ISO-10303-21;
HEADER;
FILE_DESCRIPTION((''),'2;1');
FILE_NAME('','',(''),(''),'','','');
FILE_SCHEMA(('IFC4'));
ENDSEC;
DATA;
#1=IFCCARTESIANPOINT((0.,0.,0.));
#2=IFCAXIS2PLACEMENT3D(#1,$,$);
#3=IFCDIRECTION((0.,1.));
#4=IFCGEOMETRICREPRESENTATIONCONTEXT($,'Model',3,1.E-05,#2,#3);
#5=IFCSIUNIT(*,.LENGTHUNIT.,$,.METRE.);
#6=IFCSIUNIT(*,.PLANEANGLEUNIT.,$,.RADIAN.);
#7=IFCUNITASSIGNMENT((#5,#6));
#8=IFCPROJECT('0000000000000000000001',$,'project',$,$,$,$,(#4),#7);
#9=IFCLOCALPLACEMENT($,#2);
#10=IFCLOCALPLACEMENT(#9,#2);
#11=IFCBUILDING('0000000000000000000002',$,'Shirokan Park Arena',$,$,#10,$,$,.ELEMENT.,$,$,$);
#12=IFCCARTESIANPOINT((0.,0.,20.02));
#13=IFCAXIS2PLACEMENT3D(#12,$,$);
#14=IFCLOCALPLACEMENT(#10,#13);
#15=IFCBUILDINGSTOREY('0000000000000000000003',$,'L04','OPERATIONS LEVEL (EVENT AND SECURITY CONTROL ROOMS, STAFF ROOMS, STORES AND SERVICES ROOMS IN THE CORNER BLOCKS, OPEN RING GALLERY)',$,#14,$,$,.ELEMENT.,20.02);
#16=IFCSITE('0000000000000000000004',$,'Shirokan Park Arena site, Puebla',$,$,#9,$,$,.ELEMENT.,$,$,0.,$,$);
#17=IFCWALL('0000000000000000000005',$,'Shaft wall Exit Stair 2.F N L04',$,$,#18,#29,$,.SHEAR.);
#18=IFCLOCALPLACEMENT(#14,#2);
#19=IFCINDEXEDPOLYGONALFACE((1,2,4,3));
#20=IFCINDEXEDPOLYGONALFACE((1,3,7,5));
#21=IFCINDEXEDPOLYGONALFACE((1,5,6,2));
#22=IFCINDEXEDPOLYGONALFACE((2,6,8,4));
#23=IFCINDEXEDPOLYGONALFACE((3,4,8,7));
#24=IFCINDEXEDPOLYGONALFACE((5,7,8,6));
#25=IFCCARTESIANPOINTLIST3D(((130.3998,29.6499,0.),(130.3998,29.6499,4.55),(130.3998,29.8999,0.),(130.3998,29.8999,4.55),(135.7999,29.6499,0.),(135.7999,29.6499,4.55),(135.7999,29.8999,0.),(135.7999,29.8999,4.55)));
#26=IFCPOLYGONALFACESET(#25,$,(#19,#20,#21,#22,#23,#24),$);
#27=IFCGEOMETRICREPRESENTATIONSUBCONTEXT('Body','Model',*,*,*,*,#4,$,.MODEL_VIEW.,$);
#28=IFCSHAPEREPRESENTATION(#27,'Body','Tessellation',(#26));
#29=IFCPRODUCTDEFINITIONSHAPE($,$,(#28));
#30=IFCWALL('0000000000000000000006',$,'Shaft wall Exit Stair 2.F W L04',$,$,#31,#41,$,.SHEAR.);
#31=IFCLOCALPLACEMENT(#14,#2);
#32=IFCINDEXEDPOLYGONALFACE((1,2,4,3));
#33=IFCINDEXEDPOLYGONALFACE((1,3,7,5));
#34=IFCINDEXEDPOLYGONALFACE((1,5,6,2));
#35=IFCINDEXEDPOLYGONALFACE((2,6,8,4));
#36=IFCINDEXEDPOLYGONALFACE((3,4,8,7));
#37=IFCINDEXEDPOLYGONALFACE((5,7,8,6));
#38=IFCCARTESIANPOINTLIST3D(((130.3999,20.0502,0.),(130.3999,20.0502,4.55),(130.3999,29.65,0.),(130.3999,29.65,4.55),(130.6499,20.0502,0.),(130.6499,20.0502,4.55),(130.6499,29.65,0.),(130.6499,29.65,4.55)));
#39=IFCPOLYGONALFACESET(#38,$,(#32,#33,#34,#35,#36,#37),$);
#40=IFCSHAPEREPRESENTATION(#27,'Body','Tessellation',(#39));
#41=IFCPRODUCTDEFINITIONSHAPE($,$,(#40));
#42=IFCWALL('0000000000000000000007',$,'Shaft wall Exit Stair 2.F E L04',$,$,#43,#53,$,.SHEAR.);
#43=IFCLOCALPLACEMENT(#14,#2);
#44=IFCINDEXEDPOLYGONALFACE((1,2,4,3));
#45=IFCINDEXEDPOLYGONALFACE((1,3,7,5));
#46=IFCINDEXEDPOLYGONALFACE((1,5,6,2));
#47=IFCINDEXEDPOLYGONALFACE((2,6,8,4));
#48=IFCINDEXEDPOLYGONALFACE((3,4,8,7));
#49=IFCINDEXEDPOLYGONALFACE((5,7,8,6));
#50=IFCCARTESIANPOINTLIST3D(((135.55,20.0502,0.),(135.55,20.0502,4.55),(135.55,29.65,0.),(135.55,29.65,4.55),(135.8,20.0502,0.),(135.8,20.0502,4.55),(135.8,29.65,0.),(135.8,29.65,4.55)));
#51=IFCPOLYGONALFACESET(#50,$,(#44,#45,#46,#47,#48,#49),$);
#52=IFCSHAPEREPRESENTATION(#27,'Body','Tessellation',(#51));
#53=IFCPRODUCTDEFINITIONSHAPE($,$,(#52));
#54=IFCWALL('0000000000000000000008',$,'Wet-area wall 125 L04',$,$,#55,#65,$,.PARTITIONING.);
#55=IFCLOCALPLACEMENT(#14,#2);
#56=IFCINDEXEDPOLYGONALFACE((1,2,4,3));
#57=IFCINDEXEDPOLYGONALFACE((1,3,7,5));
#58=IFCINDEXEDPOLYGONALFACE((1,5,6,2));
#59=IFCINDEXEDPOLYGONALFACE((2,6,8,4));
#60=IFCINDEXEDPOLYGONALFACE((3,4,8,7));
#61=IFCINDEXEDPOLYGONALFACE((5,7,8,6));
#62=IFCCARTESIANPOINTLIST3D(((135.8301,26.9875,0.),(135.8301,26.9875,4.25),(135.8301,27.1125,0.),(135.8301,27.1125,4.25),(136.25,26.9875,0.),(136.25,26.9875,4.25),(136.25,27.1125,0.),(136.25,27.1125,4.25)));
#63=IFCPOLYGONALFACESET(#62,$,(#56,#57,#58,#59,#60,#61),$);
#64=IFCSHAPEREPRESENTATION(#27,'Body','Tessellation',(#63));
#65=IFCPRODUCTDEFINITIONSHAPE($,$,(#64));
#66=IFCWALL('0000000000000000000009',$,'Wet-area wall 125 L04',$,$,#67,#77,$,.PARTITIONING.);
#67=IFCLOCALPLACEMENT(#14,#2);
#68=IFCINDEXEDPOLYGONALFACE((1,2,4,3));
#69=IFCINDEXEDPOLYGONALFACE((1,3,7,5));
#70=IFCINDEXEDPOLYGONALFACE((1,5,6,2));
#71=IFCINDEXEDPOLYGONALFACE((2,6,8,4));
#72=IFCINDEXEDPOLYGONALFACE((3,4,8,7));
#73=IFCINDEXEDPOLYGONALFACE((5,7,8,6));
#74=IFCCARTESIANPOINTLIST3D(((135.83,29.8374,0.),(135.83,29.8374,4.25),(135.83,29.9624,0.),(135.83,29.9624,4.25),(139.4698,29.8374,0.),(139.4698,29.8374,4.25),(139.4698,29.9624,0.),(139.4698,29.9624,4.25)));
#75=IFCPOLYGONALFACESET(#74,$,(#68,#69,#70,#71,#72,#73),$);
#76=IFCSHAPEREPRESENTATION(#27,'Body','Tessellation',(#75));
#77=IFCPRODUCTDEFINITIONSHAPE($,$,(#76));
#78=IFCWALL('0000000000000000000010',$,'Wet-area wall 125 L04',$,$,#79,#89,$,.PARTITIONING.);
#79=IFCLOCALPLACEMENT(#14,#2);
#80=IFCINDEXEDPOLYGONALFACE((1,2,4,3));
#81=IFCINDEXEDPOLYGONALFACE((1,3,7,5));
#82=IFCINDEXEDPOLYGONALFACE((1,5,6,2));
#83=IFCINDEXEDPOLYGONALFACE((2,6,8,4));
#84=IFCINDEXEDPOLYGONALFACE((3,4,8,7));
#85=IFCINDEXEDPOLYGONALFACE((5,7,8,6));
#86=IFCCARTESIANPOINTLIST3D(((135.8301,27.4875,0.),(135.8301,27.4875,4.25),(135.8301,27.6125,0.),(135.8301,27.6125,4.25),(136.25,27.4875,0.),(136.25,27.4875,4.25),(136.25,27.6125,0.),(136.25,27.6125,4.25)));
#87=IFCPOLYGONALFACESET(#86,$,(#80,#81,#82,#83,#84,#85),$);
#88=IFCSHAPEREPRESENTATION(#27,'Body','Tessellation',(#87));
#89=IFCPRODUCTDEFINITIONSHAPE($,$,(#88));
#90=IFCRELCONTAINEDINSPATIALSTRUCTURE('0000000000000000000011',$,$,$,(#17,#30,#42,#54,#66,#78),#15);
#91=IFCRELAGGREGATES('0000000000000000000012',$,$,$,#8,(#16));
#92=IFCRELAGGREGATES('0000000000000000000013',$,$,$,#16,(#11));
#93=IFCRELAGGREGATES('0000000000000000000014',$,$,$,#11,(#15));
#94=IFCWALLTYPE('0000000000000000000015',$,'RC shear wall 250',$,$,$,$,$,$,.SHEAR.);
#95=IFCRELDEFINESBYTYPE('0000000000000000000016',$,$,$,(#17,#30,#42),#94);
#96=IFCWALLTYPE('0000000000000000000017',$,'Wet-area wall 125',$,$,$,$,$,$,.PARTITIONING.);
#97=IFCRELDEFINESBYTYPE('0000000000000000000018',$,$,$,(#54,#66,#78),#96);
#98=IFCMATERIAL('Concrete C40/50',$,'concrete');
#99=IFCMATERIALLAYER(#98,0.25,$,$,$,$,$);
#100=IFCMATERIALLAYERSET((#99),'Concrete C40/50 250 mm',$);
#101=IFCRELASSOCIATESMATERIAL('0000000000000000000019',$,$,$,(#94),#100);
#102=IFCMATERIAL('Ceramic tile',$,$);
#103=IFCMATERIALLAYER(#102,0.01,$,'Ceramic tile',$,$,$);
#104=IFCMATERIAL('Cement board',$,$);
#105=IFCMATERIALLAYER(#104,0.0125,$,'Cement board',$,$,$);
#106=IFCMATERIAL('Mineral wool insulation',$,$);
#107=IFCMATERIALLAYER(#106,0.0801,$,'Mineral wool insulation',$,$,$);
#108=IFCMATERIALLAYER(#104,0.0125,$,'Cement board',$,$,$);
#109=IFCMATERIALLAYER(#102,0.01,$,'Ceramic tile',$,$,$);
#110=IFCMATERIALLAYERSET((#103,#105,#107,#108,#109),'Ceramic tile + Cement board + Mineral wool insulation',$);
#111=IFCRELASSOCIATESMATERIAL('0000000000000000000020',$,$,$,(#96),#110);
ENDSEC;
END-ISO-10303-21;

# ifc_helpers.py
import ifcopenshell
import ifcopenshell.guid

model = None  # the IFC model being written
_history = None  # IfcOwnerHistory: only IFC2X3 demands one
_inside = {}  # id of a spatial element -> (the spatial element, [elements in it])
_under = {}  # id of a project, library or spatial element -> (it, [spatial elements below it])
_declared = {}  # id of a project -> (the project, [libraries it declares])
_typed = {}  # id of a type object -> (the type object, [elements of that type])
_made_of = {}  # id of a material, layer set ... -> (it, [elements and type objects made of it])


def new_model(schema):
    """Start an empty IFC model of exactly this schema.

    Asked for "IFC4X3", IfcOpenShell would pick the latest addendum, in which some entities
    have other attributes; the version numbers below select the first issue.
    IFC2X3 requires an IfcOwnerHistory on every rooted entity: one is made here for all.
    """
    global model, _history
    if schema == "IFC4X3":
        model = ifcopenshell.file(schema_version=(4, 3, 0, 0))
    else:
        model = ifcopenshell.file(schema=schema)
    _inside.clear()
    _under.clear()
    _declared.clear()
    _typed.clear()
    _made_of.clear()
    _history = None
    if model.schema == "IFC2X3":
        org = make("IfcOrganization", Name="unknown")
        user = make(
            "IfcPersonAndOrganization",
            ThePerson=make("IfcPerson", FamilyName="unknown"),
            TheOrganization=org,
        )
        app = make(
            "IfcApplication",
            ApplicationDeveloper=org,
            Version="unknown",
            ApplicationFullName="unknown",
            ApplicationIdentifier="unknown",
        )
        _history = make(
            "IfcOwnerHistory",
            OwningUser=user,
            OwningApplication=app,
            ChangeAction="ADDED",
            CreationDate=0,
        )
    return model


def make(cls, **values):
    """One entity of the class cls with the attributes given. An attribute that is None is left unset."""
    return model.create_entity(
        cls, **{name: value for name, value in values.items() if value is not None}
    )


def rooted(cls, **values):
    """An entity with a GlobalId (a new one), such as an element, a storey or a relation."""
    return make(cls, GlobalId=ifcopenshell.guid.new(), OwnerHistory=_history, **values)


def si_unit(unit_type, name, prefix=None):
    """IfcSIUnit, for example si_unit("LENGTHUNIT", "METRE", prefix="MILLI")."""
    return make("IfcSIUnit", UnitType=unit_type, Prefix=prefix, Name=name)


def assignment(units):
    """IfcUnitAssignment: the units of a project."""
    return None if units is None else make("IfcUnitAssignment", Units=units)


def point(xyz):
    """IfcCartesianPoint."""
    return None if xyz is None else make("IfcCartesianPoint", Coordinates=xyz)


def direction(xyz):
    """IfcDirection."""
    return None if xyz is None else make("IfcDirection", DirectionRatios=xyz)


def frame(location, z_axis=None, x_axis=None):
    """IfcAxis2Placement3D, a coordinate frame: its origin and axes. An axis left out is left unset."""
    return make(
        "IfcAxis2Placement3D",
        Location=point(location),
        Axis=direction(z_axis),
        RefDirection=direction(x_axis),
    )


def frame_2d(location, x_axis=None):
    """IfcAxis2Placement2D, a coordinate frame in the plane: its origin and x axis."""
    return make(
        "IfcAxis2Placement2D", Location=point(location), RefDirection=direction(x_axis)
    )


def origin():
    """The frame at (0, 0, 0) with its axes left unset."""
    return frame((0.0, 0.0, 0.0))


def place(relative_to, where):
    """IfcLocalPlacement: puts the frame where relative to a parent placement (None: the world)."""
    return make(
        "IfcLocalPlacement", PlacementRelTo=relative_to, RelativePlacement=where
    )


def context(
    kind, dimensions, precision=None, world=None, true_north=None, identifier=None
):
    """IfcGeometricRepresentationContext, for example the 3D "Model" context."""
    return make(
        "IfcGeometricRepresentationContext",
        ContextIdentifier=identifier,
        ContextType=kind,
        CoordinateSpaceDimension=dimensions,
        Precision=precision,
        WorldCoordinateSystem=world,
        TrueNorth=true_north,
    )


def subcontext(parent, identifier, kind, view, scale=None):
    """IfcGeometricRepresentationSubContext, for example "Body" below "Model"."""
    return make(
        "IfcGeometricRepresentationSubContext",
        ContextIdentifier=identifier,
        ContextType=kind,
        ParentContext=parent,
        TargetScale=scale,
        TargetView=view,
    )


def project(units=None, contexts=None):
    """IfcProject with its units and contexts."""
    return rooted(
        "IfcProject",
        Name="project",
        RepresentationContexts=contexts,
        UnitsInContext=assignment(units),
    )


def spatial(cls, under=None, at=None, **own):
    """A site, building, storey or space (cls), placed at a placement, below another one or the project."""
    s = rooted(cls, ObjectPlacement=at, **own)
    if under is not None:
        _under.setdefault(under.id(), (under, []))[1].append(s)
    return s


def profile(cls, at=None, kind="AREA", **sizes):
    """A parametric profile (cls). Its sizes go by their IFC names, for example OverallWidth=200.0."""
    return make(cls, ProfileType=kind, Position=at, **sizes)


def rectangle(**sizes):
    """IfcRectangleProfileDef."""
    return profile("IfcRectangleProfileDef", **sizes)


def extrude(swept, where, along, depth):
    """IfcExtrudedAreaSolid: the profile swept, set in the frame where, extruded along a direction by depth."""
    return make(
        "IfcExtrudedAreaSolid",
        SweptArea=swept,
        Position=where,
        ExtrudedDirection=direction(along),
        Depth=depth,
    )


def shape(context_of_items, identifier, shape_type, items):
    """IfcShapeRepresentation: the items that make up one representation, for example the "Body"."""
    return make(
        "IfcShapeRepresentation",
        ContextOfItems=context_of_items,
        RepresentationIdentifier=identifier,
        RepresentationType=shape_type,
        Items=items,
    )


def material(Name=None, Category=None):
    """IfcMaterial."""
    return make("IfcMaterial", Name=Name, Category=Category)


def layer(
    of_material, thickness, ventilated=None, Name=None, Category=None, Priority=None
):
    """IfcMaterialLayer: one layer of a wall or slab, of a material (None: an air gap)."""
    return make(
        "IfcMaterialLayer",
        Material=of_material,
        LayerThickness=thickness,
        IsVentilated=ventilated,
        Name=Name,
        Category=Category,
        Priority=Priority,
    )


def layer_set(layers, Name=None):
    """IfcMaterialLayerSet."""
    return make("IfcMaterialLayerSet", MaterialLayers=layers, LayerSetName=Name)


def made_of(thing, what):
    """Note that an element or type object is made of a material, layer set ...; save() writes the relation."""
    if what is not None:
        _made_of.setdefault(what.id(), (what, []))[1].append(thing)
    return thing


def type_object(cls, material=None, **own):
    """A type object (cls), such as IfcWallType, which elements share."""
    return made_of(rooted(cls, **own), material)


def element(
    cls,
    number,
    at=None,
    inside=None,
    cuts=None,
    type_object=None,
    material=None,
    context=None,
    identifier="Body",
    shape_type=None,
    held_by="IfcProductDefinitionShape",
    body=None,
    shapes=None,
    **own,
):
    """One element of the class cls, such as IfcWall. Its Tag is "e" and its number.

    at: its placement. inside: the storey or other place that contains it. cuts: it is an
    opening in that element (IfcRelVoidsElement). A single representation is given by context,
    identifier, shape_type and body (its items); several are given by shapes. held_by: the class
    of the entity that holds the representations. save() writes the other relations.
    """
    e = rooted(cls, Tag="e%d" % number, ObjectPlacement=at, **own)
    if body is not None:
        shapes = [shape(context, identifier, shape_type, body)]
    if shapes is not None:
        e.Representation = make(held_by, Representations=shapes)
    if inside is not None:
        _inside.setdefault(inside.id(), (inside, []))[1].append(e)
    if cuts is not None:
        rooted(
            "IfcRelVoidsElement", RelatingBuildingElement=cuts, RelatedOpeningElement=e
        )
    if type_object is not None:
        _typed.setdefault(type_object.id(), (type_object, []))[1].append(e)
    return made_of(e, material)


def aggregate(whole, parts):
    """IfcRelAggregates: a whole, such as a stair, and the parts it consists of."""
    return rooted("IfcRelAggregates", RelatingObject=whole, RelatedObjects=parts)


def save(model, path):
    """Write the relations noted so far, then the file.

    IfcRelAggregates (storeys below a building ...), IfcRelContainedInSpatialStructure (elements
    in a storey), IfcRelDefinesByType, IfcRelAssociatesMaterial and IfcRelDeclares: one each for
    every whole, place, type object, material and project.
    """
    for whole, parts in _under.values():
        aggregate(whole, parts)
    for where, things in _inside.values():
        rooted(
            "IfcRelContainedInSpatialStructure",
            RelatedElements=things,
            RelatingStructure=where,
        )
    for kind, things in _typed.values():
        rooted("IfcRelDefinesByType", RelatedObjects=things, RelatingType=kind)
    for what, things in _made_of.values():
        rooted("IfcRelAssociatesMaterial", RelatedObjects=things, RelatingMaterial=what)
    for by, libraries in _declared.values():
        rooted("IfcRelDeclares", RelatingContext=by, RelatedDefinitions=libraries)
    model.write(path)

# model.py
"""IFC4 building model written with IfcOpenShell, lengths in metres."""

from ifc_helpers import new_model, si_unit, direction, frame, frame_2d, origin, place, context, subcontext, project, spatial, rectangle, extrude, material, layer, layer_set, type_object, element, save


model = new_model("IFC4")

# Units and contexts
model_context = context("Model", 3, precision=1e-05, world=origin(), true_north=direction((0.0, 1.0)))
body_context = subcontext(model_context, "Body", "Model", "MODEL_VIEW")
ifc_project = project(units=[si_unit("LENGTHUNIT", "METRE"), si_unit("PLANEANGLEUNIT", "RADIAN")], contexts=[model_context])

# Site, building, storey
site_placement = place(None, origin())
site = spatial("IfcSite", under=ifc_project, at=site_placement, Name="Shirokan Park Arena site, Puebla", CompositionType="ELEMENT", RefElevation=0.0)
building_placement = place(site_placement, origin())
building = spatial("IfcBuilding", under=site, at=building_placement, Name="Shirokan Park Arena", CompositionType="ELEMENT")
storey_placement = place(building_placement, frame((0.0, 0.0, 20.02)))
storey = spatial("IfcBuildingStorey", under=building, at=storey_placement, Name="L04", Description="OPERATIONS LEVEL (EVENT AND SECURITY CONTROL ROOMS, STAFF ROOMS, STORES AND SERVICES ROOMS IN THE CORNER BLOCKS, OPEN RING GALLERY)", CompositionType="ELEMENT", Elevation=20.02)

# Shared definitions
ifc_material_1 = material(Name="Mineral wool insulation")

# Shared definitions
ifc_material_2 = material(Name="Concrete C40/50", Category="concrete")
ifc_layer_1 = layer(ifc_material_2, 0.25)
ifc_layer_set_1 = layer_set([ifc_layer_1], Name="Concrete C40/50 250 mm")
wall_type_1 = type_object("IfcWallType", Name="RC shear wall 250", PredefinedType="SHEAR", material=ifc_layer_set_1)

# Walls
wall_1_placement = place(storey_placement, frame((135.8, 29.7749, 0.0), z_axis=(0.0, 0.0, 1.0), x_axis=(-1.0, 0.0, 0.0)))
element("IfcWall", 1, at=wall_1_placement, inside=storey, type_object=wall_type_1, Name="Shaft wall Exit Stair 2.F N L04", PredefinedType="SHEAR", context=body_context, shape_type="SweptSolid", body=[
    extrude(rectangle(XDim=5.4001, YDim=0.25, at=frame_2d((2.7002, 0.0))), origin(), (0.0, 0.0, 1.0), 4.55),
])
for number, where, z_axis, x_axis, name in (
    (2, (130.5249, 29.6499, 0.0), (0.0, 0.0, 1.0), (0.0, -1.0, 0.0), "Shaft wall Exit Stair 2.F W L04"),
    (3, (135.675, 29.6499, 0.0), (0.0, 0.0, 1.0), (0.0, -1.0, 0.0), "Shaft wall Exit Stair 2.F E L04"),
):
    element("IfcWall", number, at=place(storey_placement, frame(where, z_axis=z_axis, x_axis=x_axis)), inside=storey, type_object=wall_type_1, Name=name, PredefinedType="SHEAR", context=body_context, shape_type="SweptSolid", body=[
        extrude(rectangle(XDim=9.5999, YDim=0.25, at=frame_2d((4.7998, 0.0))), origin(), (0.0, 0.0, 1.0), 4.55),
    ])
ifc_material_3 = material(Name="Ceramic tile")
ifc_layer_2 = layer(ifc_material_3, 0.01, Name="Ceramic tile")
ifc_material_4 = material(Name="Cement board")
ifc_layer_3 = layer(ifc_material_4, 0.0125, Name="Cement board")
ifc_layer_4 = layer(ifc_material_1, 0.0801, Name="Mineral wool insulation")
ifc_layer_5 = layer(ifc_material_4, 0.0125, Name="Cement board")
ifc_layer_6 = layer(ifc_material_3, 0.01, Name="Ceramic tile")
ifc_layer_set_2 = layer_set([ifc_layer_2, ifc_layer_3, ifc_layer_4, ifc_layer_5, ifc_layer_6], Name="Ceramic tile + Cement board + Mineral wool insulation")
wall_type_2 = type_object("IfcWallType", Name="Wet-area wall 125", PredefinedType="PARTITIONING", material=ifc_layer_set_2)
wall_2_placement = place(storey_placement, frame((135.8301, 27.05, 0.0), z_axis=(0.0, 0.0, 1.0), x_axis=(1.0, 0.0, 0.0)))
element("IfcWall", 4, at=wall_2_placement, inside=storey, type_object=wall_type_2, Name="Wet-area wall 125 L04", PredefinedType="PARTITIONING", context=body_context, shape_type="SweptSolid", body=[
    extrude(rectangle(XDim=0.4199, YDim=0.125, at=frame_2d((0.21, 0.0))), origin(), (0.0, 0.0, 1.0), 4.25),
])
wall_3_placement = place(storey_placement, frame((135.8301, 29.8999, 0.0), z_axis=(0.0, 0.0, 1.0), x_axis=(1.0, 0.0, 0.0)))
element("IfcWall", 5, at=wall_3_placement, inside=storey, type_object=wall_type_2, Name="Wet-area wall 125 L04", PredefinedType="PARTITIONING", context=body_context, shape_type="SweptSolid", body=[
    extrude(rectangle(XDim=3.6399, YDim=0.125, at=frame_2d((1.8198, 0.0))), origin(), (0.0, 0.0, 1.0), 4.25),
])
wall_4_placement = place(storey_placement, frame((136.25, 27.55, 0.0), z_axis=(0.0, 0.0, 1.0), x_axis=(-1.0, 0.0, 0.0)))
element("IfcWall", 6, at=wall_4_placement, inside=storey, type_object=wall_type_2, Name="Wet-area wall 125 L04", PredefinedType="PARTITIONING", context=body_context, shape_type="SweptSolid", body=[
    extrude(rectangle(XDim=0.4199, YDim=0.125, at=frame_2d((0.21, 0.0))), origin(), (0.0, 0.0, 1.0), 4.25),
])

save(model, "model.ifc")
